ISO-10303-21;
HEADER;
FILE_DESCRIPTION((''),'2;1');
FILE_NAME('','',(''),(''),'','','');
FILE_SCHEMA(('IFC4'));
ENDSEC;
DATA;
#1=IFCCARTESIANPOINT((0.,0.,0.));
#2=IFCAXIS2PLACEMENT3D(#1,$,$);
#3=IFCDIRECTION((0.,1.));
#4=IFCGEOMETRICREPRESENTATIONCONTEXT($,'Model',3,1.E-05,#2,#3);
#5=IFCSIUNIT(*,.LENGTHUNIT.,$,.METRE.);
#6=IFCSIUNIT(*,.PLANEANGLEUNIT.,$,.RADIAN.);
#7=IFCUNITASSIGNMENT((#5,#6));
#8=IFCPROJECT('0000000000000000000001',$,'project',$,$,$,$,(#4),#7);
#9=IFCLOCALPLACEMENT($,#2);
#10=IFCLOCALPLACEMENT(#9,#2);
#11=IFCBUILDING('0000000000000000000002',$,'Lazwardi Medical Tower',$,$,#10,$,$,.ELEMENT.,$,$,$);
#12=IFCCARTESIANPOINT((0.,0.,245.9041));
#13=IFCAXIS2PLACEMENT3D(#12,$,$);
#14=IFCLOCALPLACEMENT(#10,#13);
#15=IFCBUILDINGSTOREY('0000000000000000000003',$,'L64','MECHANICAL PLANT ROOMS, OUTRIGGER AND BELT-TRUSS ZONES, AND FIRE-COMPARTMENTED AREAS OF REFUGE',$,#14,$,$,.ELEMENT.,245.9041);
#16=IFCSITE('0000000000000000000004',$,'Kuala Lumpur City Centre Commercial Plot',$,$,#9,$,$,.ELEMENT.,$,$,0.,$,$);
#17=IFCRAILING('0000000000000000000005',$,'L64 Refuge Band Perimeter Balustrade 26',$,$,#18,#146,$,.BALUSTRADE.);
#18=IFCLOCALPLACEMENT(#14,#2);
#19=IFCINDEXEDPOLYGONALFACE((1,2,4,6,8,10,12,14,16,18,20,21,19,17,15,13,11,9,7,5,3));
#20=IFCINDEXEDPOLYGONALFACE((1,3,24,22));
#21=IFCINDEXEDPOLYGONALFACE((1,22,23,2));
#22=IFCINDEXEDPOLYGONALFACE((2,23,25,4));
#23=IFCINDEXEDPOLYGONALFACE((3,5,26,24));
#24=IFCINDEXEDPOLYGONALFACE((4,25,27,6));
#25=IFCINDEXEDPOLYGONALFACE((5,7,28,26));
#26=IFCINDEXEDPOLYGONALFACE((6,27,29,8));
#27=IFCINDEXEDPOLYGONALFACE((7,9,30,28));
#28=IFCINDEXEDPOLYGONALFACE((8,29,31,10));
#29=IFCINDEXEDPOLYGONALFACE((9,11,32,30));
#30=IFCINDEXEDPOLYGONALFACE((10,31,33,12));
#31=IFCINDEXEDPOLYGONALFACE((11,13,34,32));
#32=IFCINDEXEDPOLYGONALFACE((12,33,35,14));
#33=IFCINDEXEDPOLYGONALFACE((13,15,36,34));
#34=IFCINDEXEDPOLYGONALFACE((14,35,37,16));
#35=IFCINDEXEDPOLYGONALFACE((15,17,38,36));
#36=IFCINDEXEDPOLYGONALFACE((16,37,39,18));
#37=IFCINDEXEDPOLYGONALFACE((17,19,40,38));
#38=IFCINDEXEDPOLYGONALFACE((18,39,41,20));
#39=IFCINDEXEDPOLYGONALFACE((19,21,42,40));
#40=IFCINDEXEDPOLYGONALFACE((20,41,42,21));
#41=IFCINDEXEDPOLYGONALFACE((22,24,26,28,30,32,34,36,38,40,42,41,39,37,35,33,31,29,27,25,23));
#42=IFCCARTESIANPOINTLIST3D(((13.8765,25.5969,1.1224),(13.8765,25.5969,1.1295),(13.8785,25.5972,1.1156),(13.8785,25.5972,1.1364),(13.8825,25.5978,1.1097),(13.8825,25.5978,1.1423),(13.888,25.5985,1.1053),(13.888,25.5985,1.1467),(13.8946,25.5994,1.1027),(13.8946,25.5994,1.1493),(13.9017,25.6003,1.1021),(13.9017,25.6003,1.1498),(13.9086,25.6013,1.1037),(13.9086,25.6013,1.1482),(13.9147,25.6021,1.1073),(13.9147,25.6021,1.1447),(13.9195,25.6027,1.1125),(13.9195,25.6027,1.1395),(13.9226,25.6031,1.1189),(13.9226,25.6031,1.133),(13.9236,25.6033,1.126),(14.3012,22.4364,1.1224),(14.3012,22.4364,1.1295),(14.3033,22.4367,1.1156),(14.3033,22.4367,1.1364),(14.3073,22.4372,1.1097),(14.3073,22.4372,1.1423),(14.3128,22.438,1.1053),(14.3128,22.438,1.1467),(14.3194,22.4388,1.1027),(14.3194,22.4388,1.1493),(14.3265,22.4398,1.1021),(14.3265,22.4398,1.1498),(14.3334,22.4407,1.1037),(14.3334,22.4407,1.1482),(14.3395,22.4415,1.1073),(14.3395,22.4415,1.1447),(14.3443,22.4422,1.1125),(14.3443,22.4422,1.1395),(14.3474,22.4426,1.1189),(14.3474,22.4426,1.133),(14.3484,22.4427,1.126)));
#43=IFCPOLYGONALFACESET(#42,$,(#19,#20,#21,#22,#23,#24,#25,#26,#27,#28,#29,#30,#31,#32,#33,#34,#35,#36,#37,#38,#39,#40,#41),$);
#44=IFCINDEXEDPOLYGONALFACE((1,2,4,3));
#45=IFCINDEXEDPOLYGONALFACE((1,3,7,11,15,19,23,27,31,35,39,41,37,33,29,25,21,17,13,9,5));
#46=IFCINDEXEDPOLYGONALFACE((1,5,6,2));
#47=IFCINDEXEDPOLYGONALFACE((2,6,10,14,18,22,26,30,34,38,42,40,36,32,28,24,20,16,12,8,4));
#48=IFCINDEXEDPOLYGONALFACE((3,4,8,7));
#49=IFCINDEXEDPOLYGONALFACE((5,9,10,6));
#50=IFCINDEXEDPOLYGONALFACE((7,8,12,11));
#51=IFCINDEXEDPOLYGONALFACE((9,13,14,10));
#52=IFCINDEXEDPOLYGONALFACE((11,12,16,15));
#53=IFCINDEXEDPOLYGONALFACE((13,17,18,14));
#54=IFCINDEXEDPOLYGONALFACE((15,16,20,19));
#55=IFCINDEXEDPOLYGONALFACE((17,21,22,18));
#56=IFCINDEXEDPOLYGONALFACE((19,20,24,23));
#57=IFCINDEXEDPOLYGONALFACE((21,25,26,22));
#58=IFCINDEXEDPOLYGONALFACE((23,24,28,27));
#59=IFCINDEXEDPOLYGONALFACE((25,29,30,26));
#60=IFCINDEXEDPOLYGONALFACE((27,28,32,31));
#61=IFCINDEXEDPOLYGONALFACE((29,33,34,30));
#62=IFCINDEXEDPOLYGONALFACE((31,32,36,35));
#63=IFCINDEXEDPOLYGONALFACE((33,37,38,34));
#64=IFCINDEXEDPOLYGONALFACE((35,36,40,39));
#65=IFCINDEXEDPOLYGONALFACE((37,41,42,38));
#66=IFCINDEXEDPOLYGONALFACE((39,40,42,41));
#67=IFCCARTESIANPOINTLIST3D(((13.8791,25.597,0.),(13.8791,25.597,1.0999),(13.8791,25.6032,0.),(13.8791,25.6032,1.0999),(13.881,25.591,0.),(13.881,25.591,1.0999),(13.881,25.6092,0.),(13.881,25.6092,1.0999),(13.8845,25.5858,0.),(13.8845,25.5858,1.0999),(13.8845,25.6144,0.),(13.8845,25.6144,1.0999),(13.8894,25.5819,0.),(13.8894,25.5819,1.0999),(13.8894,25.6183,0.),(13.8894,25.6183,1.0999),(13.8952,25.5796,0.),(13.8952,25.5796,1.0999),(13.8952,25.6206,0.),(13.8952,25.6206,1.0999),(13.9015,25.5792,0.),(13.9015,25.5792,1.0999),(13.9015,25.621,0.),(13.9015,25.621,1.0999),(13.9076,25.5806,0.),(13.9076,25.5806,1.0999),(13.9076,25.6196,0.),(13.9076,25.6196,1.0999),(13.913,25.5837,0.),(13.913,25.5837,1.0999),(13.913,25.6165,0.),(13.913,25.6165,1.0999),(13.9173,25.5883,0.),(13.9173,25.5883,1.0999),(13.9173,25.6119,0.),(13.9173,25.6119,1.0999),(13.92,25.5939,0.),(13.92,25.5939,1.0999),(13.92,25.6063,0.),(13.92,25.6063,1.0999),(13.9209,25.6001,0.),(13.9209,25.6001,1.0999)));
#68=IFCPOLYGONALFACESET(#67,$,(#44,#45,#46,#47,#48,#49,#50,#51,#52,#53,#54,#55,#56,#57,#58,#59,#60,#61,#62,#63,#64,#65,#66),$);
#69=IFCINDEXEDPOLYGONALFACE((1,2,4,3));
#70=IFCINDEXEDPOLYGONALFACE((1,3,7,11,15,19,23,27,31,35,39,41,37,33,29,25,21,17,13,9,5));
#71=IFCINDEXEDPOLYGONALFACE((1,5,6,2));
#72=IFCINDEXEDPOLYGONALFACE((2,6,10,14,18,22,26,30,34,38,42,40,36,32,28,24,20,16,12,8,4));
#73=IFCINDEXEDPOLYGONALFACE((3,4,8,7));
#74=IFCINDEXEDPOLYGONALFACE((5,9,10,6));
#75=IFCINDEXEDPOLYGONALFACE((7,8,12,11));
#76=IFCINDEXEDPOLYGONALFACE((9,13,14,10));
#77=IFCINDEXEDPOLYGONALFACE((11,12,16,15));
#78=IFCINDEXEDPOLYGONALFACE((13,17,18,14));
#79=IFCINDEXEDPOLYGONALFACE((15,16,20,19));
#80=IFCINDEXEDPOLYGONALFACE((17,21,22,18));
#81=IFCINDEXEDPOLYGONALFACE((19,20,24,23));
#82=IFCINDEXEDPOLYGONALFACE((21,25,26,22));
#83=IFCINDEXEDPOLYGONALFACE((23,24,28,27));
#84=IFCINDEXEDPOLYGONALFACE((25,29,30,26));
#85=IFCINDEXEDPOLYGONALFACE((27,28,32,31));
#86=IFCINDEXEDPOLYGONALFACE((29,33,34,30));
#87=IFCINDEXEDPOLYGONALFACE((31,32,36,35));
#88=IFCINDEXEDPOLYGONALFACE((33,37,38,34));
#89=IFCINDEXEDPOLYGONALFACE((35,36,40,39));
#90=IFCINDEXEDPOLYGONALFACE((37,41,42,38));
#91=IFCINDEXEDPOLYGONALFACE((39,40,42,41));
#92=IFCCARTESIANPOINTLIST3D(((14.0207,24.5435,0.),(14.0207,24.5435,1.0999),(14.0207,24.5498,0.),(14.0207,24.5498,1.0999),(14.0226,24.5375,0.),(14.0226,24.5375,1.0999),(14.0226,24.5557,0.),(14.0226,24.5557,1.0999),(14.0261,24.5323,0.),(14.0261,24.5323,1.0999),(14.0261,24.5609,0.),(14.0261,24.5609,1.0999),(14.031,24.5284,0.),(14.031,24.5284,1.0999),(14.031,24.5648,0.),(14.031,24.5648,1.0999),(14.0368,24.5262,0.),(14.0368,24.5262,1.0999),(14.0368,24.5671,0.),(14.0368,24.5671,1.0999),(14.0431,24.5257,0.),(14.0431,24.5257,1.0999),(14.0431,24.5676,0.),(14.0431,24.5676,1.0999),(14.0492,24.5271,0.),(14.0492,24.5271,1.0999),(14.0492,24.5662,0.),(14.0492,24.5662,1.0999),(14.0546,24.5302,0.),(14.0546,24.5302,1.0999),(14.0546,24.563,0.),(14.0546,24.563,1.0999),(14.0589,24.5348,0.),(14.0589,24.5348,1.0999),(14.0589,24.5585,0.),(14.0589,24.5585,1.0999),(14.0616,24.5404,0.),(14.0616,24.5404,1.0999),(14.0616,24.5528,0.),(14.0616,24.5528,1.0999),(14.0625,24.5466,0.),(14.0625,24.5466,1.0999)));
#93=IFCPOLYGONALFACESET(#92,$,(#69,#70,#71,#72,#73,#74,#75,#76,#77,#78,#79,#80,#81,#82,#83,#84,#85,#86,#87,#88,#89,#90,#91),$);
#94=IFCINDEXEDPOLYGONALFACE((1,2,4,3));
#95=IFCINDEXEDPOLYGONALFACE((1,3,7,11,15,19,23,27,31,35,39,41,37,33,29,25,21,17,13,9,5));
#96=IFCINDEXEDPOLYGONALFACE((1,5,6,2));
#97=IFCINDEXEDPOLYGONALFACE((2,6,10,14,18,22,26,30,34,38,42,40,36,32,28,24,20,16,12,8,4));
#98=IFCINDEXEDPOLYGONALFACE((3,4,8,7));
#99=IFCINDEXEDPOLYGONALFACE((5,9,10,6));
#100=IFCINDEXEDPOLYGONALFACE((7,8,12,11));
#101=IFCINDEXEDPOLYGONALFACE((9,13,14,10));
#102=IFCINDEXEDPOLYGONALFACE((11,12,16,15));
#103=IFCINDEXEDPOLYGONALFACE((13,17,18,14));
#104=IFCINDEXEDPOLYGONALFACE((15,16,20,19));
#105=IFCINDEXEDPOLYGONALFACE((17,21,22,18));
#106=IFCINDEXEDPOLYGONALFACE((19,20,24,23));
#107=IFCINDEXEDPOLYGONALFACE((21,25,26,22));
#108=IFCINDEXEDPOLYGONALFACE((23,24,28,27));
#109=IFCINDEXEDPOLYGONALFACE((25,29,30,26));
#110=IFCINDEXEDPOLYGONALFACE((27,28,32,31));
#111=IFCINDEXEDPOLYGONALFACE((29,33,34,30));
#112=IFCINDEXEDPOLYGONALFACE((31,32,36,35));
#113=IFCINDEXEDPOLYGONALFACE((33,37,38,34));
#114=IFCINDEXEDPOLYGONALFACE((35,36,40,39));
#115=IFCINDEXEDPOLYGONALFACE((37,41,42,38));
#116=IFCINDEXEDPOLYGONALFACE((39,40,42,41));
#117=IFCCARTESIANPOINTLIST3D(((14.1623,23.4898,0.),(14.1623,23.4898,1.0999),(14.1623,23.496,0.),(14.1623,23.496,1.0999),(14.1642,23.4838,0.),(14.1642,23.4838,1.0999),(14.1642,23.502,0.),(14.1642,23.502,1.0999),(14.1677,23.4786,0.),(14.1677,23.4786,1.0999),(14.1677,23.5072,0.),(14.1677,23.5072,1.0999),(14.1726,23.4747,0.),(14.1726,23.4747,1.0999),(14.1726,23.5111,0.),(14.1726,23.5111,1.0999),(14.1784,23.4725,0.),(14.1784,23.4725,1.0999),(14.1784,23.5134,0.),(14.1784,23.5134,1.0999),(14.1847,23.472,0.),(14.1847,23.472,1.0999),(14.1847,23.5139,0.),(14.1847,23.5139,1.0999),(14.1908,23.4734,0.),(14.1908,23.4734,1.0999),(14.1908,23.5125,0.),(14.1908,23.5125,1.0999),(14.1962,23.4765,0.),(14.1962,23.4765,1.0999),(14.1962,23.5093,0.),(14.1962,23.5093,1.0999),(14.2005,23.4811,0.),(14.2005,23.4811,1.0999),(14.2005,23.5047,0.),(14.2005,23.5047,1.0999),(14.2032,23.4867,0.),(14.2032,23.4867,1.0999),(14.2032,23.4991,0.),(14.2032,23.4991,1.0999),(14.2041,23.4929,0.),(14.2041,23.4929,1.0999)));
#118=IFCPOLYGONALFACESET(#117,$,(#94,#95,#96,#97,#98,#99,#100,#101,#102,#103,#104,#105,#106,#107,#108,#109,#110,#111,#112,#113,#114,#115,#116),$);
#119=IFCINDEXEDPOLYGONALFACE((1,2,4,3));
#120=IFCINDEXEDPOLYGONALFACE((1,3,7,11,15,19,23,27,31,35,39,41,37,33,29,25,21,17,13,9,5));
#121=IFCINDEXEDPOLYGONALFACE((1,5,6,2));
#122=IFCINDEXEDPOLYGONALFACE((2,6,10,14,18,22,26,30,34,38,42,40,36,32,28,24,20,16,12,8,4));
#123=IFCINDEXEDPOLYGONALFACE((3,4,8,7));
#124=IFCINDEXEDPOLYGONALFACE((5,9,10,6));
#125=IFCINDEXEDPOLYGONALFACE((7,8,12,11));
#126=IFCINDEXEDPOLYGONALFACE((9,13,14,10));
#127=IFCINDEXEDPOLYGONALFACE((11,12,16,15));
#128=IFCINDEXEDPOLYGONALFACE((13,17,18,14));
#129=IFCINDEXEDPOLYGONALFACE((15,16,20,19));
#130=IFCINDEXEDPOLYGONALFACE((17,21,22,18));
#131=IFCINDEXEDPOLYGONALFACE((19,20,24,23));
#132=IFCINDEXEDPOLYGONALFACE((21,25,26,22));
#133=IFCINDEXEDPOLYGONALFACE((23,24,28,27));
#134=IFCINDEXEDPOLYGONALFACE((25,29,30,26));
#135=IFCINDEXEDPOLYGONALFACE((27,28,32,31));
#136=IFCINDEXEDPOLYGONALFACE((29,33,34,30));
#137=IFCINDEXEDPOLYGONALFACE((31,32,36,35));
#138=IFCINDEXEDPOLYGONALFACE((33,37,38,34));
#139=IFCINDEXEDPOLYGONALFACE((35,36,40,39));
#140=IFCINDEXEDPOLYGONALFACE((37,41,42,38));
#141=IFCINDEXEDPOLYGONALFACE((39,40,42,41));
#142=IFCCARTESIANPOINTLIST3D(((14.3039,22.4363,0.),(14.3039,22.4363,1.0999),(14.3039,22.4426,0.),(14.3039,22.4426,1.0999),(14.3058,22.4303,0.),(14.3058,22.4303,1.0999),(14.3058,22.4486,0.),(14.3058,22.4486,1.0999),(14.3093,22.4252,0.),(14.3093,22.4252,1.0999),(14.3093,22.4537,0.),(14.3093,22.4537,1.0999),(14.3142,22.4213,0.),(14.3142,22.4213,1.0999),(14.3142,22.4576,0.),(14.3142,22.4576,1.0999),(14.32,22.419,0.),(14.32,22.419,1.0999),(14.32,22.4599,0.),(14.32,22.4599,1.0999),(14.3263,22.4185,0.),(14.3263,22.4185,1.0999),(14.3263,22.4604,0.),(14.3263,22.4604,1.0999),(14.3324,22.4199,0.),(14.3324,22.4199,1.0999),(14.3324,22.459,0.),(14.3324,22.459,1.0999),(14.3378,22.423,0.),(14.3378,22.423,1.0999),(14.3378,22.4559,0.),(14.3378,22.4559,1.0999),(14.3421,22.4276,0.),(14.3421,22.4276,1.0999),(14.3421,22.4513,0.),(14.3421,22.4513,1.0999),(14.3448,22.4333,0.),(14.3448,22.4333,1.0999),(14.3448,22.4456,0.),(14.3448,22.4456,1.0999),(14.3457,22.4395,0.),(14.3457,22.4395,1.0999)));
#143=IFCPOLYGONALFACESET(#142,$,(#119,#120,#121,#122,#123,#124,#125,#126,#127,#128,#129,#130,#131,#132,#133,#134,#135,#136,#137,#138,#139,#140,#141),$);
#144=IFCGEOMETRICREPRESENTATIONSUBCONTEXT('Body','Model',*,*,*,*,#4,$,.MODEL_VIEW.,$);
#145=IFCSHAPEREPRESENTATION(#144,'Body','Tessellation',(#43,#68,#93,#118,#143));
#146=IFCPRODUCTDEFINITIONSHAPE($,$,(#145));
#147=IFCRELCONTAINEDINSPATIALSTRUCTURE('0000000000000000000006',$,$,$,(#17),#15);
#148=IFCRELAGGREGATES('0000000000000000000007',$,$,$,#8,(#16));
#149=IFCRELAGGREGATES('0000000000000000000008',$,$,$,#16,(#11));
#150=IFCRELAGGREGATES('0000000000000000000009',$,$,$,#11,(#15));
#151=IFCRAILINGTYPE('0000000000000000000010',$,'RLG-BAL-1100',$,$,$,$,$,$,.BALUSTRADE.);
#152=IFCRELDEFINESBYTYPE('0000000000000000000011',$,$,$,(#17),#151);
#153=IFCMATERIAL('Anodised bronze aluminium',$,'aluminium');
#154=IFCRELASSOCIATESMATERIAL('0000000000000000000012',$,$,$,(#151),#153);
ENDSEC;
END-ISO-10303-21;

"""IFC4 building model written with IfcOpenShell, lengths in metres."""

from ifc_helpers import new_model, si_unit, direction, frame, origin, origin_2d, place, context, subcontext, project, spatial, circle, extrude, material, type_object, element, save


model = new_model("IFC4")

# Units and contexts
model_context = context("Model", 3, precision=1e-05, world=origin(), true_north=direction((0.0, 1.0)))
body_context = subcontext(model_context, "Body", "Model", "MODEL_VIEW")
ifc_project = project(units=[si_unit("LENGTHUNIT", "METRE"), si_unit("PLANEANGLEUNIT", "RADIAN")], contexts=[model_context])

# Site, building, storey
site_placement = place(None, origin())
site = spatial("IfcSite", under=ifc_project, at=site_placement, Name="Kuala Lumpur City Centre Commercial Plot", CompositionType="ELEMENT", RefElevation=0.0)
building_placement = place(site_placement, origin())
building = spatial("IfcBuilding", under=site, at=building_placement, Name="Lazwardi Medical Tower", CompositionType="ELEMENT")
storey_placement = place(building_placement, frame((0.0, 0.0, 245.9041)))
storey = spatial("IfcBuildingStorey", under=building, at=storey_placement, Name="L64", Description="MECHANICAL PLANT ROOMS, OUTRIGGER AND BELT-TRUSS ZONES, AND FIRE-COMPARTMENTED AREAS OF REFUGE", CompositionType="ELEMENT", Elevation=245.9041)

# Railing
ifc_material_1 = material(Name="Anodised bronze aluminium", Category="aluminium")
railing_type = type_object("IfcRailingType", Name="RLG-BAL-1100", PredefinedType="BALUSTRADE", material=ifc_material_1)
railing_1_placement = place(storey_placement, frame((13.8999, 25.6001, 0.0)))
element("IfcRailing", 1, at=railing_1_placement, inside=storey, type_object=railing_type, Name="L64 Refuge Band Perimeter Balustrade 26", PredefinedType="BALUSTRADE", context=body_context, shape_type="SweptSolid", body=[
    extrude(circle(Radius=0.0239, at=origin_2d()), frame((0.0, 0.0, 1.126), z_axis=(0.133207, -0.991088, 0.0), x_axis=(0.991088, 0.133207, 0.0)), (0.0, 0.0, 1.0), 3.189),
    extrude(circle(Radius=0.021, at=origin_2d()), origin(), (0.0, 0.0, 1.0), 1.0999),
    extrude(circle(Radius=0.021, at=origin_2d()), frame((0.1416, -1.0535, 0.0)), (0.0, 0.0, 1.0), 1.0999),
    extrude(circle(Radius=0.021, at=origin_2d()), frame((0.2832, -2.1072, 0.0)), (0.0, 0.0, 1.0), 1.0999),
    extrude(circle(Radius=0.021, at=origin_2d()), frame((0.4248, -3.1606, 0.0)), (0.0, 0.0, 1.0), 1.0999),
])

save(model, "model.ifc")
